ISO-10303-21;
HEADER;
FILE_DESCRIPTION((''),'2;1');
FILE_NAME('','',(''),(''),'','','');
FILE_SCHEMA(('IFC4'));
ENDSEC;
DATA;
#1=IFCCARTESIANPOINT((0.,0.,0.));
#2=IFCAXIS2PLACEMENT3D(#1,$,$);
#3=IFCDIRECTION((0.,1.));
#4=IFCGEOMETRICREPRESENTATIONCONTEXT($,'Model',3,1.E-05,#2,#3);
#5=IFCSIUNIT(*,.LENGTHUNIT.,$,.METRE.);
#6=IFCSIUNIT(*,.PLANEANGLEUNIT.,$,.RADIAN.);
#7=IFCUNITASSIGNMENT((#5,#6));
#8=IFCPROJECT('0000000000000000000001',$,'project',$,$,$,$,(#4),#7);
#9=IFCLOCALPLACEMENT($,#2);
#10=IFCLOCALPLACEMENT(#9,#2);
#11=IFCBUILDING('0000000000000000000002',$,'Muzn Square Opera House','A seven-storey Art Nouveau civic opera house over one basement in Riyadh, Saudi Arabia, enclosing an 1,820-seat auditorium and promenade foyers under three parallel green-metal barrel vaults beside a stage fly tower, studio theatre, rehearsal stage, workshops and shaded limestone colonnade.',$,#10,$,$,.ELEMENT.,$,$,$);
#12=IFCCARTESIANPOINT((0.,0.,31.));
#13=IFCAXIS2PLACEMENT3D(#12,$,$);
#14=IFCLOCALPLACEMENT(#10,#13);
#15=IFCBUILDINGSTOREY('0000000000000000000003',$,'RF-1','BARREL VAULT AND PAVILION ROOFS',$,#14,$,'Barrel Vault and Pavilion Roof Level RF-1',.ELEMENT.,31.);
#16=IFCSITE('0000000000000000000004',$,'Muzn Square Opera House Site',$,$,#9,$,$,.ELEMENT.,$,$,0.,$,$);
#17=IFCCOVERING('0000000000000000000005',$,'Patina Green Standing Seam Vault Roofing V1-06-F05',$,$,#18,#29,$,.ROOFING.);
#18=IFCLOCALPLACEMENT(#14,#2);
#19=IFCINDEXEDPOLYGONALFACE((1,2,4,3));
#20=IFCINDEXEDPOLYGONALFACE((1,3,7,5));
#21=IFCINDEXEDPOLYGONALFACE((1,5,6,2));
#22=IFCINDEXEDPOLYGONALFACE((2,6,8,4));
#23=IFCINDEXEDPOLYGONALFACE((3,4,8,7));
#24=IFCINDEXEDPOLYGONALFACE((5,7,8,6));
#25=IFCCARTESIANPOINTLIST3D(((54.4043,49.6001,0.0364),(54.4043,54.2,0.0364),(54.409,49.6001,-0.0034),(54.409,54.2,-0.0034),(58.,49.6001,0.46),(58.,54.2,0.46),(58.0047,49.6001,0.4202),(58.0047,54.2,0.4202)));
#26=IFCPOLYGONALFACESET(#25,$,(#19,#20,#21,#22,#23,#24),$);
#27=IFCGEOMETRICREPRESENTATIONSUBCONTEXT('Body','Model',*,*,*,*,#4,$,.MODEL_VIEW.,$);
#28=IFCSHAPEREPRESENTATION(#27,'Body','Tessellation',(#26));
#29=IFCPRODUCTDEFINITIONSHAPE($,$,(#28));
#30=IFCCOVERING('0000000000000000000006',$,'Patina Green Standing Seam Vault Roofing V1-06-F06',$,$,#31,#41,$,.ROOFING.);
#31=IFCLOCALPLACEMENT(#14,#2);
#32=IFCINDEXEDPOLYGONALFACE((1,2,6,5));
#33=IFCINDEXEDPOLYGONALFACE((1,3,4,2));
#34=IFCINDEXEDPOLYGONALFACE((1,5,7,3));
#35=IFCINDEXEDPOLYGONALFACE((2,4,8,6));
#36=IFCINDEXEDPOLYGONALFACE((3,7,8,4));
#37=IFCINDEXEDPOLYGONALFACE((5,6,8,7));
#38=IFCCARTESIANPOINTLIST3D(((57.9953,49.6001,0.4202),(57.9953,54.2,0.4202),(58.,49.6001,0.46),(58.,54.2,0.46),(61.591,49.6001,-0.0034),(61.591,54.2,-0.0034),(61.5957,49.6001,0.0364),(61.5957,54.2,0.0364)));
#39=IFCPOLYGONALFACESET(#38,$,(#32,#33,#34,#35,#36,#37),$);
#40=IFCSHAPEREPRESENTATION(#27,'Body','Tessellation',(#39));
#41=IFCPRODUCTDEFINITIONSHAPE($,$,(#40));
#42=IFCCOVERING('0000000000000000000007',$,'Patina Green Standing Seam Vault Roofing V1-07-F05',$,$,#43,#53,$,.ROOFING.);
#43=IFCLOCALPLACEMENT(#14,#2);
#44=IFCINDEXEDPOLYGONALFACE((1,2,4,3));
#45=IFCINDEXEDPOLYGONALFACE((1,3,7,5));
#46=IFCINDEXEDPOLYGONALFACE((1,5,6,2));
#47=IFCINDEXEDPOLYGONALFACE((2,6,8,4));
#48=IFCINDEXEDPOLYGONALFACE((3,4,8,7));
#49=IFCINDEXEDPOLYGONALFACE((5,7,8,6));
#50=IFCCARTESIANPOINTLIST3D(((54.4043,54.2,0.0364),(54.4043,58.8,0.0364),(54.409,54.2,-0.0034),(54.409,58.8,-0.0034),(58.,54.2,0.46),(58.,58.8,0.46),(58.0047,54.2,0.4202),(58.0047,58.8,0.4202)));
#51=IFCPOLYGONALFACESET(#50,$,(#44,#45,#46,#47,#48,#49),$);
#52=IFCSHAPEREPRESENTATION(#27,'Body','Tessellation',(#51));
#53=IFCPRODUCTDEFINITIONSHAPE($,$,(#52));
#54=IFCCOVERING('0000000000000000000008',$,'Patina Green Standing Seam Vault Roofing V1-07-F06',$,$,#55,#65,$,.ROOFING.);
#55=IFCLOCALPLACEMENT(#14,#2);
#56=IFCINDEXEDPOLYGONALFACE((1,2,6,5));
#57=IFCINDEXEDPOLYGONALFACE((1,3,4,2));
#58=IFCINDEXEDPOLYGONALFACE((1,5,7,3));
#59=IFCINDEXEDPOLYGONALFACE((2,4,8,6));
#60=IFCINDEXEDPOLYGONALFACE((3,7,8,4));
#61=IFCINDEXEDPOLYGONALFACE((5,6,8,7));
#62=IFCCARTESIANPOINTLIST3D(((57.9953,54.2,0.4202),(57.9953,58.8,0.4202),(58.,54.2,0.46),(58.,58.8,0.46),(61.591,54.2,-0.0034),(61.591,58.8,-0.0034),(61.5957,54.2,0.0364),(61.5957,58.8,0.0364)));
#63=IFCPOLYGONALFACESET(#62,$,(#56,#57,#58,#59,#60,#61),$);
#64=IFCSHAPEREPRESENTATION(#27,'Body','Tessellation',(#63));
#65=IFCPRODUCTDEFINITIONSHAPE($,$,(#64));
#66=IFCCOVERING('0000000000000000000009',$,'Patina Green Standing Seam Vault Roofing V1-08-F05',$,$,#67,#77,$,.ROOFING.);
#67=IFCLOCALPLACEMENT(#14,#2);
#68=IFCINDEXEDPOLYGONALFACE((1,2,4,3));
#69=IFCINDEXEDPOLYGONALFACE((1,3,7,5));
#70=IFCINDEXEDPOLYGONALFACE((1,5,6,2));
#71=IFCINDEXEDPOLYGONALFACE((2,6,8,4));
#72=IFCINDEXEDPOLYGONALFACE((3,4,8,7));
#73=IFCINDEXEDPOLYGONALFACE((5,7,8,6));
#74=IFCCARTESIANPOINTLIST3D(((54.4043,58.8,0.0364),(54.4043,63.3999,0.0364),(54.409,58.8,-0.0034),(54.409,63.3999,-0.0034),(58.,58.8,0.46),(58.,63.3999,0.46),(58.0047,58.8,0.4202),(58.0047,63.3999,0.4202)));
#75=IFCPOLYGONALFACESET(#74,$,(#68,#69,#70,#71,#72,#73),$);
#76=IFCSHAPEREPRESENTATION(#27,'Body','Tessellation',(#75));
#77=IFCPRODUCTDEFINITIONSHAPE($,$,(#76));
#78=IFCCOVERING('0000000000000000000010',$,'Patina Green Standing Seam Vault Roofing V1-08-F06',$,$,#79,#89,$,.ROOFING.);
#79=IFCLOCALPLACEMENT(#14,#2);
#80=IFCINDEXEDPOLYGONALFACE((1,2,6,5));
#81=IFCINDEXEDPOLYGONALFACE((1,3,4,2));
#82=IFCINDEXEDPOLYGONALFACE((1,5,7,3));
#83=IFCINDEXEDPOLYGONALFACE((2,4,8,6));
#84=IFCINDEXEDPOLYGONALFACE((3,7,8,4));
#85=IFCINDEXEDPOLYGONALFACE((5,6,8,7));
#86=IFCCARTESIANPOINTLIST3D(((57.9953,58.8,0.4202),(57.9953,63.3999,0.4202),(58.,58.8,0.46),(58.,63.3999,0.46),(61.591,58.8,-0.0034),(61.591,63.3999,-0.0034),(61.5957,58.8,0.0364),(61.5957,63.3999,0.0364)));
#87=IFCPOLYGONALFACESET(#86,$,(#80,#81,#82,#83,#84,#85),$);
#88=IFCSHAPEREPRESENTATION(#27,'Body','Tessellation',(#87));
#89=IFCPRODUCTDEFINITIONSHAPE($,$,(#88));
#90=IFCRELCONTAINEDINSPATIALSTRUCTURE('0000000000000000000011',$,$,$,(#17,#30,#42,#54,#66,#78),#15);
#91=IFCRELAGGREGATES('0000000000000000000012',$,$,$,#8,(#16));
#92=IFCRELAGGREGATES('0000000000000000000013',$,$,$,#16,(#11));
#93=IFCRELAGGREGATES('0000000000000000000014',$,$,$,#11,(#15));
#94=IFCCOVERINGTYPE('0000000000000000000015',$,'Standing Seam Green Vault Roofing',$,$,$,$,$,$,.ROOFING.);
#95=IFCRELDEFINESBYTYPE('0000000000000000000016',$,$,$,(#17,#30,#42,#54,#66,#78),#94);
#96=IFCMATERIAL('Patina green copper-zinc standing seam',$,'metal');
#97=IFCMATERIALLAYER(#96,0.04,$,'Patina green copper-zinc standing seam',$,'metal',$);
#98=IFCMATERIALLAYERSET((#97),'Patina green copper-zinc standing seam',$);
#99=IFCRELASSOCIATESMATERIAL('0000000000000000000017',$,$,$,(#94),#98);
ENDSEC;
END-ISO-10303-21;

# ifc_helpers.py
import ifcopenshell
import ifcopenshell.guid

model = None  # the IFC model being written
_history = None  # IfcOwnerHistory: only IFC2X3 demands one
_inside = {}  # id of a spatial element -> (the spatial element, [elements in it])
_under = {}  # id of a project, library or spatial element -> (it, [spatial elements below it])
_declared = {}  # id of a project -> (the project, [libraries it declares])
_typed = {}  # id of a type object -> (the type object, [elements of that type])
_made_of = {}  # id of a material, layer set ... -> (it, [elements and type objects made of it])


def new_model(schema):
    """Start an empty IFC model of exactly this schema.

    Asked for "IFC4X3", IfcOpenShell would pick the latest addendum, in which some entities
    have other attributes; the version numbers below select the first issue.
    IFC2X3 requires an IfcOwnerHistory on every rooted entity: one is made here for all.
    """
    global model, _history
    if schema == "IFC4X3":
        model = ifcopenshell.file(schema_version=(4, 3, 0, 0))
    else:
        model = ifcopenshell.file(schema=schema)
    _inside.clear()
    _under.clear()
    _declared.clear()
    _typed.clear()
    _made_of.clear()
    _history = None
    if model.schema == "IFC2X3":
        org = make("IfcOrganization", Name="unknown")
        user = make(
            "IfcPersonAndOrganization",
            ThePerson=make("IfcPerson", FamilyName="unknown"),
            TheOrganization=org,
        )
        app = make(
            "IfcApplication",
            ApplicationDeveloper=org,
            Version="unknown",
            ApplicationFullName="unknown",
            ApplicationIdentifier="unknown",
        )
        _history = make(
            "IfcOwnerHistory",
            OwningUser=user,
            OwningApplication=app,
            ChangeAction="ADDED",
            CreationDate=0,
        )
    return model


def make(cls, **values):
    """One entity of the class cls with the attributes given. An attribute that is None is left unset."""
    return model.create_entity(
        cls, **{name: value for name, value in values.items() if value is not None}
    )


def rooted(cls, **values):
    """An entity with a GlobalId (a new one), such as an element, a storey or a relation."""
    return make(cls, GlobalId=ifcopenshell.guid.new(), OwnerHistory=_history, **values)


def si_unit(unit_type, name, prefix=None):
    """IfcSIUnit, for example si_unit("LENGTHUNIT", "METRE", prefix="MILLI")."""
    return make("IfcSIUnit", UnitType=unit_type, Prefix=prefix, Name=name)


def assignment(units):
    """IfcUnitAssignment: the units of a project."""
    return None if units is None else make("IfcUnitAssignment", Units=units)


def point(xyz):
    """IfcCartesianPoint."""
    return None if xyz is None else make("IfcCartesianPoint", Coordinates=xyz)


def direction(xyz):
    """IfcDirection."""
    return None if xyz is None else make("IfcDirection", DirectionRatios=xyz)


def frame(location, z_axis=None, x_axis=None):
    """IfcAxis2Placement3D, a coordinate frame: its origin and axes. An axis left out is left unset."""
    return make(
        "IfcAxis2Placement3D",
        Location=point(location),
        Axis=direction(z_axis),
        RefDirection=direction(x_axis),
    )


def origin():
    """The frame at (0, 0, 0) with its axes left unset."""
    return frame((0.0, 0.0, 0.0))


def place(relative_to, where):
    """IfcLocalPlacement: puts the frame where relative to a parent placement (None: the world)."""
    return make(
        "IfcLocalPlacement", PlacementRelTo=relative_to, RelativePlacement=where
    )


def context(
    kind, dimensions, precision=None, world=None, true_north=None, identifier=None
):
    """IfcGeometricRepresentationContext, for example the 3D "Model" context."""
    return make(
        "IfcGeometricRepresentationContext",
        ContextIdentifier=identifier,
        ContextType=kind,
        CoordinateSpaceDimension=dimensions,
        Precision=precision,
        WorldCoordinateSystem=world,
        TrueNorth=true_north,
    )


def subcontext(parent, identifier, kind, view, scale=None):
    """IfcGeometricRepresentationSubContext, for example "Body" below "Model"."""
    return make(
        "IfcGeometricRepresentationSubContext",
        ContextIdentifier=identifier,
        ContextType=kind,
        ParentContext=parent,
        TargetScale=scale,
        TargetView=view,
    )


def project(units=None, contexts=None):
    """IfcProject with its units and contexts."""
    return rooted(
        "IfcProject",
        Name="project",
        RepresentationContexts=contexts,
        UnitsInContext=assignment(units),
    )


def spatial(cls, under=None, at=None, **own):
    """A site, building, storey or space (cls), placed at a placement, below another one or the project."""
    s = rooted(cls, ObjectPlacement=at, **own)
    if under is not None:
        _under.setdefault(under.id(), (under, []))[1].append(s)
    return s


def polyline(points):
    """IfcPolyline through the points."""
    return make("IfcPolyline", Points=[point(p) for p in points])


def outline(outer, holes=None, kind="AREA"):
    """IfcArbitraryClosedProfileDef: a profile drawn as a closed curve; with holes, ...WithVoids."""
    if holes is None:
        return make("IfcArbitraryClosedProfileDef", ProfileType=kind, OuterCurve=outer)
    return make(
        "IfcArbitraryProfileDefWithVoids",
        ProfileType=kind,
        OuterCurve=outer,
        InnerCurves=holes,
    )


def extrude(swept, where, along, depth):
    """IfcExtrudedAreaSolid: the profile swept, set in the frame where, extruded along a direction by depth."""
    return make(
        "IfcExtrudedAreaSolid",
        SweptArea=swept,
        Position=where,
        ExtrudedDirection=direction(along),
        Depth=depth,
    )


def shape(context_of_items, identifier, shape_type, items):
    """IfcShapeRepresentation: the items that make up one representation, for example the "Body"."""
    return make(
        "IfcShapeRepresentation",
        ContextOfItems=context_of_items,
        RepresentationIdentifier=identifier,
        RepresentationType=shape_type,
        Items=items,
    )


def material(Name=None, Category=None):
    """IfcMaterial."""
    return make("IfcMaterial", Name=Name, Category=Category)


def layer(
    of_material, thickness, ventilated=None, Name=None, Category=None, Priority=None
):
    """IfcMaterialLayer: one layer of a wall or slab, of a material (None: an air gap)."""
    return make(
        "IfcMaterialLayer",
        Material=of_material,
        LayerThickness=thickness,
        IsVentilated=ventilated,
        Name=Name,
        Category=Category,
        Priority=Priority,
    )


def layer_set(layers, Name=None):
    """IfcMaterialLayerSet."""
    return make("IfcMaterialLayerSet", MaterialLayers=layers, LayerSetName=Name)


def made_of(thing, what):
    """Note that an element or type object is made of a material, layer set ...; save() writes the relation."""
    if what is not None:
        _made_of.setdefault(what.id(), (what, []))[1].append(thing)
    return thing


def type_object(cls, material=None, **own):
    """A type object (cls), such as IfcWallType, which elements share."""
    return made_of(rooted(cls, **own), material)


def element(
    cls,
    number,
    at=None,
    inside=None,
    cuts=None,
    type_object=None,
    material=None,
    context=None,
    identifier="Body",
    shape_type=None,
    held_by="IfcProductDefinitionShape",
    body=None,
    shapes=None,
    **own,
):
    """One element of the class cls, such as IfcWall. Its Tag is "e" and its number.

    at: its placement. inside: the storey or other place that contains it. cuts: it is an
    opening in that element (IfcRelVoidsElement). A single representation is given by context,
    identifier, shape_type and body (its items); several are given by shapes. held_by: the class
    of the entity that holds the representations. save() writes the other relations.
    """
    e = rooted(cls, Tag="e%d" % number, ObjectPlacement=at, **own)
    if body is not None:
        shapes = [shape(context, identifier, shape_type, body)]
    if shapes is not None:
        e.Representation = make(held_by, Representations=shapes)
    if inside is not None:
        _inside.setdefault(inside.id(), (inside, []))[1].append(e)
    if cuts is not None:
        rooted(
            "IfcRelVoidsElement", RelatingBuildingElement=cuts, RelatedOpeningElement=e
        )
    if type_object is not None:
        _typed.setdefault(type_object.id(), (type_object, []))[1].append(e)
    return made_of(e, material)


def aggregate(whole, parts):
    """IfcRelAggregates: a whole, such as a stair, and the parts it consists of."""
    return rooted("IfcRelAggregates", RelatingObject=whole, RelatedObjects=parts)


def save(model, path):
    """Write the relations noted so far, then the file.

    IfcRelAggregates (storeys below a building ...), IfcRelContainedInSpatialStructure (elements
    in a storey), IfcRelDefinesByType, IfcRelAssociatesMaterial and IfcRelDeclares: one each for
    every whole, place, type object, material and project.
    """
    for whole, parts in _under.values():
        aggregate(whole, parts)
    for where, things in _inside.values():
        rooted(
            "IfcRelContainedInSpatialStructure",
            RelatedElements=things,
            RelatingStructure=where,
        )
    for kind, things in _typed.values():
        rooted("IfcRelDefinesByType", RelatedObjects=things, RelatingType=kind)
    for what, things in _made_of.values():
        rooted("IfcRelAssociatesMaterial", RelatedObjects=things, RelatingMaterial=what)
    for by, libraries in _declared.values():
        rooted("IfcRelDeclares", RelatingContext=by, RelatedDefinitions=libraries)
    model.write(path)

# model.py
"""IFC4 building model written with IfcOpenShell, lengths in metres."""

from ifc_helpers import new_model, si_unit, direction, frame, origin, place, context, subcontext, project, spatial, polyline, outline, extrude, material, layer, layer_set, type_object, element, save


model = new_model("IFC4")

# Units and contexts
model_context = context("Model", 3, precision=1e-05, world=origin(), true_north=direction((0.0, 1.0)))
body_context = subcontext(model_context, "Body", "Model", "MODEL_VIEW")
ifc_project = project(units=[si_unit("LENGTHUNIT", "METRE"), si_unit("PLANEANGLEUNIT", "RADIAN")], contexts=[model_context])

# Site, building, storey
site_placement = place(None, origin())
site = spatial("IfcSite", under=ifc_project, at=site_placement, Name="Muzn Square Opera House Site", CompositionType="ELEMENT", RefElevation=0.0)
building_placement = place(site_placement, origin())
building = spatial("IfcBuilding", under=site, at=building_placement, Name="Muzn Square Opera House", Description="A seven-storey Art Nouveau civic opera house over one basement in Riyadh, Saudi Arabia, enclosing an 1,820-seat auditorium and promenade foyers under three parallel green-metal barrel vaults beside a stage fly tower, studio theatre, rehearsal stage, workshops and shaded limestone colonnade.", CompositionType="ELEMENT")
storey_placement = place(building_placement, frame((0.0, 0.0, 31.0)))
storey = spatial("IfcBuildingStorey", under=building, at=storey_placement, Name="RF-1", Description="BARREL VAULT AND PAVILION ROOFS", LongName="Barrel Vault and Pavilion Roof Level RF-1", CompositionType="ELEMENT", Elevation=31.0)

# Shared definitions
ifc_material_1 = material(Name="Patina green copper-zinc standing seam", Category="metal")

# Coverings
ifc_layer_1 = layer(ifc_material_1, 0.04, Name="Patina green copper-zinc standing seam", Category="metal")
ifc_layer_set_1 = layer_set([ifc_layer_1], Name="Patina green copper-zinc standing seam")
covering_type = type_object("IfcCoveringType", Name="Standing Seam Green Vault Roofing", PredefinedType="ROOFING", material=ifc_layer_set_1)
covering_1_placement = place(storey_placement, frame((58.0, 49.6001, 0.46), z_axis=(-0.116994, 0.0, 0.993133), x_axis=(0.0, 1.0, 0.0)))
element("IfcCovering", 1, at=covering_1_placement, inside=storey, type_object=covering_type, Name="Patina Green Standing Seam Vault Roofing V1-06-F05", PredefinedType="ROOFING", context=body_context, shape_type="SweptSolid", body=[
    extrude(outline(polyline([(0.0, 3.6206), (0.0, 0.0), (4.5999, 0.0), (4.5999, 3.6206), (0.0, 3.6206)])), origin(), (0.0, 0.0, -1.0), 0.04),
])
covering_2_placement = place(storey_placement, frame((58.0, 49.6001, 0.46), z_axis=(0.116994, 0.0, 0.993133), x_axis=(0.993133, 0.0, -0.116994)))
element("IfcCovering", 2, at=covering_2_placement, inside=storey, type_object=covering_type, Name="Patina Green Standing Seam Vault Roofing V1-06-F06", PredefinedType="ROOFING", context=body_context, shape_type="SweptSolid", body=[
    extrude(outline(polyline([(0.0, 0.0), (3.6206, 0.0), (3.6206, 4.5999), (0.0, 4.5999), (0.0, 0.0)])), origin(), (0.0, 0.0, -1.0), 0.04),
])
covering_3_placement = place(storey_placement, frame((58.0, 54.2, 0.46), z_axis=(-0.116994, 0.0, 0.993133), x_axis=(0.0, 1.0, 0.0)))
element("IfcCovering", 3, at=covering_3_placement, inside=storey, type_object=covering_type, Name="Patina Green Standing Seam Vault Roofing V1-07-F05", PredefinedType="ROOFING", context=body_context, shape_type="SweptSolid", body=[
    extrude(outline(polyline([(0.0, 3.6206), (0.0, 0.0), (4.6001, 0.0), (4.6001, 3.6206), (0.0, 3.6206)])), origin(), (0.0, 0.0, -1.0), 0.04),
])
covering_4_placement = place(storey_placement, frame((58.0, 54.2, 0.46), z_axis=(0.116994, 0.0, 0.993133), x_axis=(0.993133, 0.0, -0.116994)))
element("IfcCovering", 4, at=covering_4_placement, inside=storey, type_object=covering_type, Name="Patina Green Standing Seam Vault Roofing V1-07-F06", PredefinedType="ROOFING", context=body_context, shape_type="SweptSolid", body=[
    extrude(outline(polyline([(0.0, 0.0), (3.6206, 0.0), (3.6206, 4.6001), (0.0, 4.6001), (0.0, 0.0)])), origin(), (0.0, 0.0, -1.0), 0.04),
])
covering_5_placement = place(storey_placement, frame((58.0, 58.8, 0.46), z_axis=(-0.116994, 0.0, 0.993133), x_axis=(0.0, 1.0, 0.0)))
element("IfcCovering", 5, at=covering_5_placement, inside=storey, type_object=covering_type, Name="Patina Green Standing Seam Vault Roofing V1-08-F05", PredefinedType="ROOFING", context=body_context, shape_type="SweptSolid", body=[
    extrude(outline(polyline([(0.0, 3.6206), (0.0, 0.0), (4.5999, 0.0), (4.5999, 3.6206), (0.0, 3.6206)])), origin(), (0.0, 0.0, -1.0), 0.04),
])
covering_6_placement = place(storey_placement, frame((58.0, 58.8, 0.46), z_axis=(0.116994, 0.0, 0.993133), x_axis=(0.993133, 0.0, -0.116994)))
element("IfcCovering", 6, at=covering_6_placement, inside=storey, type_object=covering_type, Name="Patina Green Standing Seam Vault Roofing V1-08-F06", PredefinedType="ROOFING", context=body_context, shape_type="SweptSolid", body=[
    extrude(outline(polyline([(0.0, 0.0), (3.6206, 0.0), (3.6206, 4.5999), (0.0, 4.5999), (0.0, 0.0)])), origin(), (0.0, 0.0, -1.0), 0.04),
])

save(model, "model.ifc")
